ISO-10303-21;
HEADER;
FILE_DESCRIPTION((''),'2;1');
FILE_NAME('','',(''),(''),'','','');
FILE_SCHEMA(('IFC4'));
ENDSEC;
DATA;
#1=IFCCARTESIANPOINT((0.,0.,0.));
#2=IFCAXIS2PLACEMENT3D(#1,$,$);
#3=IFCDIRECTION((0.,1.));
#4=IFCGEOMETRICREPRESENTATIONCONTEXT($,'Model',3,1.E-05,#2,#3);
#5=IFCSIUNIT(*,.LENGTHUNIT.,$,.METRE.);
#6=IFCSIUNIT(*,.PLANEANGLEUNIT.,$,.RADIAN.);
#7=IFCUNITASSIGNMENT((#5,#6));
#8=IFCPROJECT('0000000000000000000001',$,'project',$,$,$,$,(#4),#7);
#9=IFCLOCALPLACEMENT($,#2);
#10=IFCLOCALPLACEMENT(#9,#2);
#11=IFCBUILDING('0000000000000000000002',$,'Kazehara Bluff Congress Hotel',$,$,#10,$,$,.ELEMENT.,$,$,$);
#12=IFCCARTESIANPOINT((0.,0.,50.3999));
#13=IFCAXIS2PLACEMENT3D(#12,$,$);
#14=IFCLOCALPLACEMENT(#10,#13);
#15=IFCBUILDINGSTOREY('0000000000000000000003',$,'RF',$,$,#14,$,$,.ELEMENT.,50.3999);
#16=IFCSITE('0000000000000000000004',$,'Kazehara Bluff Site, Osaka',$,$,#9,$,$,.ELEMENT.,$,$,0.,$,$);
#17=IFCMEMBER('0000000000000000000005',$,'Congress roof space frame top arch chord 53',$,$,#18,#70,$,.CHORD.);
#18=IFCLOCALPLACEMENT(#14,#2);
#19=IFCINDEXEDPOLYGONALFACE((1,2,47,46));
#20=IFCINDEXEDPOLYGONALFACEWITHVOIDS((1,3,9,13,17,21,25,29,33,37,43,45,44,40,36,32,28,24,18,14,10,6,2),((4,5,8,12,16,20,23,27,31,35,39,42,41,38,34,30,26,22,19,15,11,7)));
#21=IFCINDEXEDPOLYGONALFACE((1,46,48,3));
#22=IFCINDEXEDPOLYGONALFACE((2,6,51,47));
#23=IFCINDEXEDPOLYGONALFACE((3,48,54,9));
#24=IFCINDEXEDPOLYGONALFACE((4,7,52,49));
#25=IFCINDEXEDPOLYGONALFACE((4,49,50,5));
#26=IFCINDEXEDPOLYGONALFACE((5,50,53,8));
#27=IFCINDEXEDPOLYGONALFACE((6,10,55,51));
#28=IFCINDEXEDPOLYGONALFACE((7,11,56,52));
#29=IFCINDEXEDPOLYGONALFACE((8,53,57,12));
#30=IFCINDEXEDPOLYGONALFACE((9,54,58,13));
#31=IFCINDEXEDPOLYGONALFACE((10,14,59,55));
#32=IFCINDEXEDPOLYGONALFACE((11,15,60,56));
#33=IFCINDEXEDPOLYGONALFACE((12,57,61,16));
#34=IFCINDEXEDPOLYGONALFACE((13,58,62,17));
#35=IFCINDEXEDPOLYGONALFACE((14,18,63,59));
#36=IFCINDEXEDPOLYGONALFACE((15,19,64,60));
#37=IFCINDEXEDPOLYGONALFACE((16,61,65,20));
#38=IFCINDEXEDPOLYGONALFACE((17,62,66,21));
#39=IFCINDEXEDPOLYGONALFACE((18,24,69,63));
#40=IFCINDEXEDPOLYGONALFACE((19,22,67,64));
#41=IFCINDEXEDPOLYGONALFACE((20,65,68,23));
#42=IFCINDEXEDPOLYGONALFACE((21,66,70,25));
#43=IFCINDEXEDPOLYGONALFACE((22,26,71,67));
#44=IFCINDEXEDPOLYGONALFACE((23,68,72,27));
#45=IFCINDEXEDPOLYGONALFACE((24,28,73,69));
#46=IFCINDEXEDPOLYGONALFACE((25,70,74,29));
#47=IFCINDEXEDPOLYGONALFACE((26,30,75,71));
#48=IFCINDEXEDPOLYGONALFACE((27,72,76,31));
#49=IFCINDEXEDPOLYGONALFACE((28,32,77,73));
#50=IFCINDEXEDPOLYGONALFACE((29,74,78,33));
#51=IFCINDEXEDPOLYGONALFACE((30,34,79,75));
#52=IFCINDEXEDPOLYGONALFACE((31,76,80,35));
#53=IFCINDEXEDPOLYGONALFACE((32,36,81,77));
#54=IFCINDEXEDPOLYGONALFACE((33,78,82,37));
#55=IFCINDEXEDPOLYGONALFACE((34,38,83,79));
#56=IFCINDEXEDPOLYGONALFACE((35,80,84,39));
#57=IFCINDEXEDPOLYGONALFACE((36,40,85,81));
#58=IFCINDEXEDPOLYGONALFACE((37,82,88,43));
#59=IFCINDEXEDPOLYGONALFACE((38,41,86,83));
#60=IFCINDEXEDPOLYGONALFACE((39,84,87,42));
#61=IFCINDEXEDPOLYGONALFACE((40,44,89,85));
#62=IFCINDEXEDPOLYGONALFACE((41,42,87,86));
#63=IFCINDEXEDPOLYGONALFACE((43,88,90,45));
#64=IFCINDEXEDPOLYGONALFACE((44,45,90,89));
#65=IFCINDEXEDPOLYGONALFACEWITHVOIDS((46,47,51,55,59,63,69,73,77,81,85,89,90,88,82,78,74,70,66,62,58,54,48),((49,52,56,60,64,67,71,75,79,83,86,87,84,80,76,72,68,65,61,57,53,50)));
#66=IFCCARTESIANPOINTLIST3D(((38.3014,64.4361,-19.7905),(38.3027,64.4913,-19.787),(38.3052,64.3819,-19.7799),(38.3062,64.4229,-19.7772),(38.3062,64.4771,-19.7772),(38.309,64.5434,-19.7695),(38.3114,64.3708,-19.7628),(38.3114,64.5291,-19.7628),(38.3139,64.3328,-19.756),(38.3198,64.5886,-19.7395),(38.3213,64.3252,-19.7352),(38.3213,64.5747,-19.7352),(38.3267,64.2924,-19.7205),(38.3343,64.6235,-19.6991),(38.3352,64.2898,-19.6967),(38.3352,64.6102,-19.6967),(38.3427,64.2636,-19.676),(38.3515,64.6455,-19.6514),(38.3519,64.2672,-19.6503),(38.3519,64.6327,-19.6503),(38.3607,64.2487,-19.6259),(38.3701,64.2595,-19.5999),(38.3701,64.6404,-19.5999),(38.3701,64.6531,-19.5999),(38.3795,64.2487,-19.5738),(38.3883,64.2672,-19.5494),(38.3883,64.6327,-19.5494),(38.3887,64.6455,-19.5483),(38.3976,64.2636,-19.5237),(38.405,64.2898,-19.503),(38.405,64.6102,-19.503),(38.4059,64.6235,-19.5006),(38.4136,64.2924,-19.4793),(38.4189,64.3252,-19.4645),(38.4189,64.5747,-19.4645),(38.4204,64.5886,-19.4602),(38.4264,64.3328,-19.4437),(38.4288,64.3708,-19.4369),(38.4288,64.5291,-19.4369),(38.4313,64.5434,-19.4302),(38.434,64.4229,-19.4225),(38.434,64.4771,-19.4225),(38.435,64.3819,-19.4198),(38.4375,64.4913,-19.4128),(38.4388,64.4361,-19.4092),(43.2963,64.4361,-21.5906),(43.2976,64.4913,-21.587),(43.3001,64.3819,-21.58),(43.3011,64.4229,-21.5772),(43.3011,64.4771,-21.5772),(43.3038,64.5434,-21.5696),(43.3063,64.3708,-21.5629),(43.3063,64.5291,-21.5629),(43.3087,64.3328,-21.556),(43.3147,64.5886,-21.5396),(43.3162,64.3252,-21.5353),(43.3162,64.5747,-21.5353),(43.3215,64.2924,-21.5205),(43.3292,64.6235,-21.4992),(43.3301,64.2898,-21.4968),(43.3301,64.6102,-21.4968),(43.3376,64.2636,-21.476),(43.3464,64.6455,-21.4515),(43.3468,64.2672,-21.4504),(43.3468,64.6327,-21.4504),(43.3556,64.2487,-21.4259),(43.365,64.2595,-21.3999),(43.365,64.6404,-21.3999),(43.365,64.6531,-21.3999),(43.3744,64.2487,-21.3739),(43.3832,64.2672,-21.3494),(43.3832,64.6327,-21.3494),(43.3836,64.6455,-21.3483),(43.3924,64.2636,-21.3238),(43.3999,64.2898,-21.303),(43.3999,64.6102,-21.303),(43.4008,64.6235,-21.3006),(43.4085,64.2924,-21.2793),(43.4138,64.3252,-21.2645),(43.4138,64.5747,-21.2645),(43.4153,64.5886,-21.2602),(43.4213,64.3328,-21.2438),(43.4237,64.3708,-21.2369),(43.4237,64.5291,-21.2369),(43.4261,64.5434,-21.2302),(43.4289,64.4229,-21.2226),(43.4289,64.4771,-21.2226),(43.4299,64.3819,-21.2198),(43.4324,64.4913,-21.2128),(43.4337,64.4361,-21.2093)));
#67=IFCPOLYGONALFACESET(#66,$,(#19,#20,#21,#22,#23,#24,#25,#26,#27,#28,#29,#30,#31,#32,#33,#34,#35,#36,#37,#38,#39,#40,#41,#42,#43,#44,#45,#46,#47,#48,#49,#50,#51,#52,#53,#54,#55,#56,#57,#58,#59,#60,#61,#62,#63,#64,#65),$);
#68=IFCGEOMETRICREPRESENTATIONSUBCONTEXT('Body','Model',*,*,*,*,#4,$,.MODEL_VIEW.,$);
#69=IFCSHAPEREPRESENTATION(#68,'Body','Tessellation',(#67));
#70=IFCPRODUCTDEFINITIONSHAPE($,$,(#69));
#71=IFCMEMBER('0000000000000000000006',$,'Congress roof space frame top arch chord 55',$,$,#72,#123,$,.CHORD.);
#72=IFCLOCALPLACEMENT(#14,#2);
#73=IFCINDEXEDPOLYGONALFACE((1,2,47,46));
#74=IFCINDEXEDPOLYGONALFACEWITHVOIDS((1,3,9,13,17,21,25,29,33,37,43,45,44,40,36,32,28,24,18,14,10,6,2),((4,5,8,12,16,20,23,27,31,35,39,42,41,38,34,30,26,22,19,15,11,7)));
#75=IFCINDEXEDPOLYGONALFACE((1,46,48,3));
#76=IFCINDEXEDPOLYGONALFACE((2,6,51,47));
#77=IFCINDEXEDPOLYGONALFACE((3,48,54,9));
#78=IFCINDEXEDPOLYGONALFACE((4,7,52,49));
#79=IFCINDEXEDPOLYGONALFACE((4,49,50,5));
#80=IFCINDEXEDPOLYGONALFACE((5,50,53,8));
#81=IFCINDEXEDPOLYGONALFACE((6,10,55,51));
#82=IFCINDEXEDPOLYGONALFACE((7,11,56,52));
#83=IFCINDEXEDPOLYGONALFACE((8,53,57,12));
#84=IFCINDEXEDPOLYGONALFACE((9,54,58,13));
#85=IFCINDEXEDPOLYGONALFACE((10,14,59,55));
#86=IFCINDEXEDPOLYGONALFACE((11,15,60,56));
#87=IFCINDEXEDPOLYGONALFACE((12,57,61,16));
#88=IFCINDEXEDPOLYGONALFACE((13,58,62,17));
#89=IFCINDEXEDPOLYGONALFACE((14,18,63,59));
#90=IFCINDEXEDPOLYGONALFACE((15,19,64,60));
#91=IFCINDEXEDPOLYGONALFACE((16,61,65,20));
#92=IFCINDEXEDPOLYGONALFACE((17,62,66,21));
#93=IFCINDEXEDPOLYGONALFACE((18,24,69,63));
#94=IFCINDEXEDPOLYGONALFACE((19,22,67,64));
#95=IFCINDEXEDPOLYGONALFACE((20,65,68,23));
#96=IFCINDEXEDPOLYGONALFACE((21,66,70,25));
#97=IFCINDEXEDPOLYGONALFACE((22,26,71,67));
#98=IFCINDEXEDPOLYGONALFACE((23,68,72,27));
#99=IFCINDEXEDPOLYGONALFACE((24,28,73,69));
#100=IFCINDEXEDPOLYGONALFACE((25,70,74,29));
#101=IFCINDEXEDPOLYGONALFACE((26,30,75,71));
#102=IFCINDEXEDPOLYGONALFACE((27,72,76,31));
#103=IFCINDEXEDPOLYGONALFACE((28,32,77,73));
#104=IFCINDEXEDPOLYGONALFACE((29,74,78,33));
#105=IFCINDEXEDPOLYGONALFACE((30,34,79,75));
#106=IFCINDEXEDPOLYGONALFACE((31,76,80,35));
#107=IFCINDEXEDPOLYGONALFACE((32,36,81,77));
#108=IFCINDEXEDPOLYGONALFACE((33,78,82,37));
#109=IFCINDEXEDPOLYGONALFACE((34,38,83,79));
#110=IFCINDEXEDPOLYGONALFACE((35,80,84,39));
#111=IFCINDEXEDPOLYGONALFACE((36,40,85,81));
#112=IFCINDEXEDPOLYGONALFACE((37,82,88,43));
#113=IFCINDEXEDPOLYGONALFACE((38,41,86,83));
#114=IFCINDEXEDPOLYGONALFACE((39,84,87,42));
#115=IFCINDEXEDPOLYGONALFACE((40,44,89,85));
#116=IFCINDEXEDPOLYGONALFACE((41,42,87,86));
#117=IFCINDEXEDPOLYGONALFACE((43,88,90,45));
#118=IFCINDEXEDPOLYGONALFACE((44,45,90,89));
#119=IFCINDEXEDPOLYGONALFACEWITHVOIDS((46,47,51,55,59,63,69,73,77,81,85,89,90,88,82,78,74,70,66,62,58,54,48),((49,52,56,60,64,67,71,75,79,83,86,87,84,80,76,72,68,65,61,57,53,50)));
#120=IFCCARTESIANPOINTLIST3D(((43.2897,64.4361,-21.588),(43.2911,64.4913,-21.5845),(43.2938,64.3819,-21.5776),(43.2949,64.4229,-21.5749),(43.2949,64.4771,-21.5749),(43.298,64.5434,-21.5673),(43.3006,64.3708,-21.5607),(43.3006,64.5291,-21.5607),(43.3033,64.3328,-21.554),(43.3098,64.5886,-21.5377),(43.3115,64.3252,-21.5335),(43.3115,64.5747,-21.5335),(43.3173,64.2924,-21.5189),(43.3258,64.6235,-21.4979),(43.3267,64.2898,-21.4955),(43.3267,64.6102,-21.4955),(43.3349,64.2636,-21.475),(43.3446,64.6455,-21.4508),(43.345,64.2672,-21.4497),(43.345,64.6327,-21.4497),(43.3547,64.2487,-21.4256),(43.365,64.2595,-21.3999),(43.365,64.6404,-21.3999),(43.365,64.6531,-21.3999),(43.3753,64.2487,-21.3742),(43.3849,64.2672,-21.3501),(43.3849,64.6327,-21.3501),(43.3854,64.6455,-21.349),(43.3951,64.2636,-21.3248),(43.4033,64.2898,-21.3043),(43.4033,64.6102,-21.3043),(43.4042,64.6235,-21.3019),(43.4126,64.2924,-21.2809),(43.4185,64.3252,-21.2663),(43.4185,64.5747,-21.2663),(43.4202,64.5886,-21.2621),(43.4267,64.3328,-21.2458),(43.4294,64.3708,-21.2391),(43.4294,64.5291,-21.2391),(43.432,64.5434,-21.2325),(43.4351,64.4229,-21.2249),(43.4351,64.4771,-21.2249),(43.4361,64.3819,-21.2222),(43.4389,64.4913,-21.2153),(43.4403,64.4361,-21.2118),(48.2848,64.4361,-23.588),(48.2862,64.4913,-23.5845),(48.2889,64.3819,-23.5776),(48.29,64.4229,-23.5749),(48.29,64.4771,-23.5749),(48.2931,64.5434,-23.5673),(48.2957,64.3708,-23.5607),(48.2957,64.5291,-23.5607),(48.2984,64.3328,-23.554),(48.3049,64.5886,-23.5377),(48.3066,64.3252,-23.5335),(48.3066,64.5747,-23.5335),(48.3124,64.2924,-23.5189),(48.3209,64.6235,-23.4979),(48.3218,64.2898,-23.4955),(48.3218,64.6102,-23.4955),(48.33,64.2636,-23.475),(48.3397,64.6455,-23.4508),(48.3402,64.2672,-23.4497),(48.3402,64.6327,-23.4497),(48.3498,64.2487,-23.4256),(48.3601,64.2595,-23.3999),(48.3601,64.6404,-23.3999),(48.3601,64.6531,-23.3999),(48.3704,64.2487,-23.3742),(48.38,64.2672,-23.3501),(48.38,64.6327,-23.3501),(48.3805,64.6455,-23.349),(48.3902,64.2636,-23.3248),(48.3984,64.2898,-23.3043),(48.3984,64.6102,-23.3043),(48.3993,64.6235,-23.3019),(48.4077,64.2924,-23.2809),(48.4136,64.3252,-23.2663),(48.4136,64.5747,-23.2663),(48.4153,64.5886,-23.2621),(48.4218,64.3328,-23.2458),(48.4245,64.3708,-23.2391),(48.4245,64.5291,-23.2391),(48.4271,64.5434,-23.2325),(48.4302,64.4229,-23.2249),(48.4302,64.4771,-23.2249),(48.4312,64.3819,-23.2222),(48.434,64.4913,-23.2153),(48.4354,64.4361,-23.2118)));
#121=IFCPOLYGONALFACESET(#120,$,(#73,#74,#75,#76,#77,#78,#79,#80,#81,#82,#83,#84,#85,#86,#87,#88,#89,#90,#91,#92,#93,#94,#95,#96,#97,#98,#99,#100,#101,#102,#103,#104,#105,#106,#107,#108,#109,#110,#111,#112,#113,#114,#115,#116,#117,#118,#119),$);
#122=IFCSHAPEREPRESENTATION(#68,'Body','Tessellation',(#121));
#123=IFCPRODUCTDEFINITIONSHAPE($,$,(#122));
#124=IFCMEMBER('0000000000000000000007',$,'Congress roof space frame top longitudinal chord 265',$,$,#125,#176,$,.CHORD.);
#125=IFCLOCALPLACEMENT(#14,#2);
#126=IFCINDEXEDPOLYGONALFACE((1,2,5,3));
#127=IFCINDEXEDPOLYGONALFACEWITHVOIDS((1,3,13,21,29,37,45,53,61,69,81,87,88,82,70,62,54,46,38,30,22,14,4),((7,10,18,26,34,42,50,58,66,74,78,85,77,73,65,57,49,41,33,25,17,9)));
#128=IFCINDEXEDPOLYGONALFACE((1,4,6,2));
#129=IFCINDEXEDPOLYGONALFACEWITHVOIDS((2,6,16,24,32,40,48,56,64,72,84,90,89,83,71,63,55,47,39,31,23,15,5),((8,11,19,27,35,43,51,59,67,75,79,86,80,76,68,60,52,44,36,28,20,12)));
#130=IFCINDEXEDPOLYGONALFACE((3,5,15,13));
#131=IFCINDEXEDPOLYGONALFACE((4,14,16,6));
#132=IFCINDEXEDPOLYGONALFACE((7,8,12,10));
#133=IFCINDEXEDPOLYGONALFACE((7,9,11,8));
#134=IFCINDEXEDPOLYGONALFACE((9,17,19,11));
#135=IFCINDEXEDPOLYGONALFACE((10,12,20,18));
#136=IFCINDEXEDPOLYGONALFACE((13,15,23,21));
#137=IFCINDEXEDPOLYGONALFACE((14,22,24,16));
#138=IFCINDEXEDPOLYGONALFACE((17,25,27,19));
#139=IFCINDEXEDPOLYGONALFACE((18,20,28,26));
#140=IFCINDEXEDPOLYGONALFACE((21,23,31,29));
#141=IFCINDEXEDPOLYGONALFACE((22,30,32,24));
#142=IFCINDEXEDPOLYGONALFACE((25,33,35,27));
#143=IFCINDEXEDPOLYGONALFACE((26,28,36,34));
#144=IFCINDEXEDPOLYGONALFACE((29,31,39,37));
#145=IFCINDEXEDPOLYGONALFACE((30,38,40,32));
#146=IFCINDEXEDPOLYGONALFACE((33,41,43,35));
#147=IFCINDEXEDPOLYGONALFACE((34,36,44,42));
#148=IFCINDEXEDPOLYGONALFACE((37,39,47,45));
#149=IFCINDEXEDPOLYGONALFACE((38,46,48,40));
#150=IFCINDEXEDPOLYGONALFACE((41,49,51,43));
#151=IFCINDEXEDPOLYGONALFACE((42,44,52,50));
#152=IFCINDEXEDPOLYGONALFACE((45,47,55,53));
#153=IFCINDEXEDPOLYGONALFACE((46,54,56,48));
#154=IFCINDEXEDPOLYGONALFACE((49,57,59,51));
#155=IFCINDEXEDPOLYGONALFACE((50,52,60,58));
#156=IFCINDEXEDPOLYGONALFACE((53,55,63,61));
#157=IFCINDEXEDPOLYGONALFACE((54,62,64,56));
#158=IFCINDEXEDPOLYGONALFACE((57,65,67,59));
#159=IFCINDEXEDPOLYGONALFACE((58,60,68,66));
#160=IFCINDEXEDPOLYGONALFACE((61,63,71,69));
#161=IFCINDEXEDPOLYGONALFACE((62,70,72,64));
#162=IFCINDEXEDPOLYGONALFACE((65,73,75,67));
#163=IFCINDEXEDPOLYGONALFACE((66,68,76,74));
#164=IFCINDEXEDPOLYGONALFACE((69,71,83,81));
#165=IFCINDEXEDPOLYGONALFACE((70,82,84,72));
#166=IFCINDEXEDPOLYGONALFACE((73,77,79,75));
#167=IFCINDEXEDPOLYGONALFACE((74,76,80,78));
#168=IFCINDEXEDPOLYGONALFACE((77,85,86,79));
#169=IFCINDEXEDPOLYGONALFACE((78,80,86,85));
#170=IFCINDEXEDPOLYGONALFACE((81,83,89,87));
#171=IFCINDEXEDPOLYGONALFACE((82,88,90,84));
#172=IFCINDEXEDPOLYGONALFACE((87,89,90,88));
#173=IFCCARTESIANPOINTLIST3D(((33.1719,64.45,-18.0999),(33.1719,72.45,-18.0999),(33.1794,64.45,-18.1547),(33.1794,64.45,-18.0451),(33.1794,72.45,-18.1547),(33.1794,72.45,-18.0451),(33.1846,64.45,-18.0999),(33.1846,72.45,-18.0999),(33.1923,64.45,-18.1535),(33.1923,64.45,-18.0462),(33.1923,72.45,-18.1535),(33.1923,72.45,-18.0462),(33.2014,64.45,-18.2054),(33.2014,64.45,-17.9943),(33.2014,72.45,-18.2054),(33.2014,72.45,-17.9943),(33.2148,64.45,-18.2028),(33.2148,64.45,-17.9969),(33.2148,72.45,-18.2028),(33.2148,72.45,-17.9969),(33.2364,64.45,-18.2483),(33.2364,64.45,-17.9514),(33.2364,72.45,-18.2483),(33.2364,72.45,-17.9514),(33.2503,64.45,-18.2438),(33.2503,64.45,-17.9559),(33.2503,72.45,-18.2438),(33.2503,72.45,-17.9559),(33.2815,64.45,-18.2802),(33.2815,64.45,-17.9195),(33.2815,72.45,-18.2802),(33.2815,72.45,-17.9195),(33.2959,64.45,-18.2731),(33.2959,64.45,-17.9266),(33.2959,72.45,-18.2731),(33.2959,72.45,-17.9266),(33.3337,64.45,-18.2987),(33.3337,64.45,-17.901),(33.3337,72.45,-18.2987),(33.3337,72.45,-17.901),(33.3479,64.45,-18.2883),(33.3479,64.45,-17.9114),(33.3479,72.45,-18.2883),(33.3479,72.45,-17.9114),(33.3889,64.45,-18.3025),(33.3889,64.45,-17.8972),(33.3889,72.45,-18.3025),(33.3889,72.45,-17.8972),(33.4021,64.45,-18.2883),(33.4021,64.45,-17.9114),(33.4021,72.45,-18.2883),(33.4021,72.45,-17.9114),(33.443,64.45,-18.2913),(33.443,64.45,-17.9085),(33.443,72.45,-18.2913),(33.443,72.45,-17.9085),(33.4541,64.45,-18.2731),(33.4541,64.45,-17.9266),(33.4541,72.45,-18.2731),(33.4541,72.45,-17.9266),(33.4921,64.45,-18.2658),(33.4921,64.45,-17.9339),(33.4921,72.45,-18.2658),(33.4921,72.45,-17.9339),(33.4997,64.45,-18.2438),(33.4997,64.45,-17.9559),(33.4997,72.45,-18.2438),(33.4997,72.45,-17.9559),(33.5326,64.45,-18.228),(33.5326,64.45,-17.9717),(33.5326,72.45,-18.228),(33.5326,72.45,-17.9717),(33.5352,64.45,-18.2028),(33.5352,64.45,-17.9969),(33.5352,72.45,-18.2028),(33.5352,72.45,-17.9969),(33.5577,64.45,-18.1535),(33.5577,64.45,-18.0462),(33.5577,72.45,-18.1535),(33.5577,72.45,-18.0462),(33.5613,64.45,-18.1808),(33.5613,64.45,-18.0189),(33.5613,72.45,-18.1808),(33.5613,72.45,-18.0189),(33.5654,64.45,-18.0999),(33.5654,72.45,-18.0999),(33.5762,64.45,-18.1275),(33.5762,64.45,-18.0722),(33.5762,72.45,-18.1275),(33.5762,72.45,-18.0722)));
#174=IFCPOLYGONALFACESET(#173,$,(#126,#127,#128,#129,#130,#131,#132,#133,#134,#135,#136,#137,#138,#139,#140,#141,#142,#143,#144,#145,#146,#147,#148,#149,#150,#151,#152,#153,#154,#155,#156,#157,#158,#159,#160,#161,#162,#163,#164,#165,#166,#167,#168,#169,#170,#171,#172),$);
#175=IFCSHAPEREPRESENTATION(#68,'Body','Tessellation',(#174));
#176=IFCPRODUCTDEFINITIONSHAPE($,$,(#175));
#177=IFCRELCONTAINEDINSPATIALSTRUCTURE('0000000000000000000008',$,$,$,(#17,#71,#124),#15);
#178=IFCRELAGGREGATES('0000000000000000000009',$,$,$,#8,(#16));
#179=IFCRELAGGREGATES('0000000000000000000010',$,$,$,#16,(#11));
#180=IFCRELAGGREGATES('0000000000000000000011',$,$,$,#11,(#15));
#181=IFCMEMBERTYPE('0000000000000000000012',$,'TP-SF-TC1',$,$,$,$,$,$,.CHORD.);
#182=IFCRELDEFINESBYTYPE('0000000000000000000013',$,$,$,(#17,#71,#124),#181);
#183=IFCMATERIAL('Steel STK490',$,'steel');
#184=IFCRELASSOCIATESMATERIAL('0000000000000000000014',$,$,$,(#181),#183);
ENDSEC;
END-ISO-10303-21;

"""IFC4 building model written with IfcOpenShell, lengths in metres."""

from ifc_helpers import new_model, si_unit, direction, frame, origin, origin_2d, place, context, subcontext, project, spatial, hollow_circle, extrude, material, material_profile, profile_set, type_object, element, save


model = new_model("IFC4")

# Units and contexts
model_context = context("Model", 3, precision=1e-05, world=origin(), true_north=direction((0.0, 1.0)))
body_context = subcontext(model_context, "Body", "Model", "MODEL_VIEW")
ifc_project = project(units=[si_unit("LENGTHUNIT", "METRE"), si_unit("PLANEANGLEUNIT", "RADIAN")], contexts=[model_context])

# Site, building, storey
site_placement = place(None, origin())
site = spatial("IfcSite", under=ifc_project, at=site_placement, Name="Kazehara Bluff Site, Osaka", CompositionType="ELEMENT", RefElevation=0.0)
building_placement = place(site_placement, origin())
building = spatial("IfcBuilding", under=site, at=building_placement, Name="Kazehara Bluff Congress Hotel", CompositionType="ELEMENT")
storey_placement = place(building_placement, frame((0.0, 0.0, 50.3999)))
storey = spatial("IfcBuildingStorey", under=building, at=storey_placement, Name="RF", CompositionType="ELEMENT", Elevation=50.3999)

# Members
ifc_material_1 = material(Name="Steel STK490", Category="steel")
ifc_material_profile_1 = material_profile(ifc_material_1, hollow_circle(Radius=0.2031, WallThickness=0.0127, at=origin_2d()))
ifc_profile_set_1 = profile_set([ifc_material_profile_1], Name="Steel STK490")
member_type_1 = type_object("IfcMemberType", Name="TP-SF-TC1", PredefinedType="CHORD", material=ifc_profile_set_1)
member_1_placement = place(storey_placement, frame((38.3701, 64.45, -19.5999), z_axis=(0.940774, 0.0, -0.339035), x_axis=(0.0, 1.0, 0.0)))
element("IfcMember", 1, at=member_1_placement, inside=storey, type_object=member_type_1, Name="Congress roof space frame top arch chord 53", PredefinedType="CHORD", context=body_context, shape_type="SweptSolid", body=[
    extrude(hollow_circle(Radius=0.2031, WallThickness=0.0127, at=origin_2d()), origin(), (0.0, 0.0, 1.0), 5.3093),
])
member_2_placement = place(storey_placement, frame((43.365, 64.45, -21.3999), z_axis=(0.928351, 0.0, -0.371704), x_axis=(0.0, 1.0, 0.0)))
element("IfcMember", 2, at=member_2_placement, inside=storey, type_object=member_type_1, Name="Congress roof space frame top arch chord 55", PredefinedType="CHORD", context=body_context, shape_type="SweptSolid", body=[
    extrude(hollow_circle(Radius=0.2031, WallThickness=0.0127, at=origin_2d()), origin(), (0.0, 0.0, 1.0), 5.3806),
])
member_3_placement = place(storey_placement, frame((33.375, 64.45, -18.0999), z_axis=(0.0, 1.0, 0.0), x_axis=(-1.0, 0.0, 0.0)))
element("IfcMember", 3, at=member_3_placement, inside=storey, type_object=member_type_1, Name="Congress roof space frame top longitudinal chord 265", PredefinedType="CHORD", context=body_context, shape_type="SweptSolid", body=[
    extrude(hollow_circle(Radius=0.2031, WallThickness=0.0127, at=origin_2d()), origin(), (0.0, 0.0, 1.0), 8.0),
])

save(model, "model.ifc")
